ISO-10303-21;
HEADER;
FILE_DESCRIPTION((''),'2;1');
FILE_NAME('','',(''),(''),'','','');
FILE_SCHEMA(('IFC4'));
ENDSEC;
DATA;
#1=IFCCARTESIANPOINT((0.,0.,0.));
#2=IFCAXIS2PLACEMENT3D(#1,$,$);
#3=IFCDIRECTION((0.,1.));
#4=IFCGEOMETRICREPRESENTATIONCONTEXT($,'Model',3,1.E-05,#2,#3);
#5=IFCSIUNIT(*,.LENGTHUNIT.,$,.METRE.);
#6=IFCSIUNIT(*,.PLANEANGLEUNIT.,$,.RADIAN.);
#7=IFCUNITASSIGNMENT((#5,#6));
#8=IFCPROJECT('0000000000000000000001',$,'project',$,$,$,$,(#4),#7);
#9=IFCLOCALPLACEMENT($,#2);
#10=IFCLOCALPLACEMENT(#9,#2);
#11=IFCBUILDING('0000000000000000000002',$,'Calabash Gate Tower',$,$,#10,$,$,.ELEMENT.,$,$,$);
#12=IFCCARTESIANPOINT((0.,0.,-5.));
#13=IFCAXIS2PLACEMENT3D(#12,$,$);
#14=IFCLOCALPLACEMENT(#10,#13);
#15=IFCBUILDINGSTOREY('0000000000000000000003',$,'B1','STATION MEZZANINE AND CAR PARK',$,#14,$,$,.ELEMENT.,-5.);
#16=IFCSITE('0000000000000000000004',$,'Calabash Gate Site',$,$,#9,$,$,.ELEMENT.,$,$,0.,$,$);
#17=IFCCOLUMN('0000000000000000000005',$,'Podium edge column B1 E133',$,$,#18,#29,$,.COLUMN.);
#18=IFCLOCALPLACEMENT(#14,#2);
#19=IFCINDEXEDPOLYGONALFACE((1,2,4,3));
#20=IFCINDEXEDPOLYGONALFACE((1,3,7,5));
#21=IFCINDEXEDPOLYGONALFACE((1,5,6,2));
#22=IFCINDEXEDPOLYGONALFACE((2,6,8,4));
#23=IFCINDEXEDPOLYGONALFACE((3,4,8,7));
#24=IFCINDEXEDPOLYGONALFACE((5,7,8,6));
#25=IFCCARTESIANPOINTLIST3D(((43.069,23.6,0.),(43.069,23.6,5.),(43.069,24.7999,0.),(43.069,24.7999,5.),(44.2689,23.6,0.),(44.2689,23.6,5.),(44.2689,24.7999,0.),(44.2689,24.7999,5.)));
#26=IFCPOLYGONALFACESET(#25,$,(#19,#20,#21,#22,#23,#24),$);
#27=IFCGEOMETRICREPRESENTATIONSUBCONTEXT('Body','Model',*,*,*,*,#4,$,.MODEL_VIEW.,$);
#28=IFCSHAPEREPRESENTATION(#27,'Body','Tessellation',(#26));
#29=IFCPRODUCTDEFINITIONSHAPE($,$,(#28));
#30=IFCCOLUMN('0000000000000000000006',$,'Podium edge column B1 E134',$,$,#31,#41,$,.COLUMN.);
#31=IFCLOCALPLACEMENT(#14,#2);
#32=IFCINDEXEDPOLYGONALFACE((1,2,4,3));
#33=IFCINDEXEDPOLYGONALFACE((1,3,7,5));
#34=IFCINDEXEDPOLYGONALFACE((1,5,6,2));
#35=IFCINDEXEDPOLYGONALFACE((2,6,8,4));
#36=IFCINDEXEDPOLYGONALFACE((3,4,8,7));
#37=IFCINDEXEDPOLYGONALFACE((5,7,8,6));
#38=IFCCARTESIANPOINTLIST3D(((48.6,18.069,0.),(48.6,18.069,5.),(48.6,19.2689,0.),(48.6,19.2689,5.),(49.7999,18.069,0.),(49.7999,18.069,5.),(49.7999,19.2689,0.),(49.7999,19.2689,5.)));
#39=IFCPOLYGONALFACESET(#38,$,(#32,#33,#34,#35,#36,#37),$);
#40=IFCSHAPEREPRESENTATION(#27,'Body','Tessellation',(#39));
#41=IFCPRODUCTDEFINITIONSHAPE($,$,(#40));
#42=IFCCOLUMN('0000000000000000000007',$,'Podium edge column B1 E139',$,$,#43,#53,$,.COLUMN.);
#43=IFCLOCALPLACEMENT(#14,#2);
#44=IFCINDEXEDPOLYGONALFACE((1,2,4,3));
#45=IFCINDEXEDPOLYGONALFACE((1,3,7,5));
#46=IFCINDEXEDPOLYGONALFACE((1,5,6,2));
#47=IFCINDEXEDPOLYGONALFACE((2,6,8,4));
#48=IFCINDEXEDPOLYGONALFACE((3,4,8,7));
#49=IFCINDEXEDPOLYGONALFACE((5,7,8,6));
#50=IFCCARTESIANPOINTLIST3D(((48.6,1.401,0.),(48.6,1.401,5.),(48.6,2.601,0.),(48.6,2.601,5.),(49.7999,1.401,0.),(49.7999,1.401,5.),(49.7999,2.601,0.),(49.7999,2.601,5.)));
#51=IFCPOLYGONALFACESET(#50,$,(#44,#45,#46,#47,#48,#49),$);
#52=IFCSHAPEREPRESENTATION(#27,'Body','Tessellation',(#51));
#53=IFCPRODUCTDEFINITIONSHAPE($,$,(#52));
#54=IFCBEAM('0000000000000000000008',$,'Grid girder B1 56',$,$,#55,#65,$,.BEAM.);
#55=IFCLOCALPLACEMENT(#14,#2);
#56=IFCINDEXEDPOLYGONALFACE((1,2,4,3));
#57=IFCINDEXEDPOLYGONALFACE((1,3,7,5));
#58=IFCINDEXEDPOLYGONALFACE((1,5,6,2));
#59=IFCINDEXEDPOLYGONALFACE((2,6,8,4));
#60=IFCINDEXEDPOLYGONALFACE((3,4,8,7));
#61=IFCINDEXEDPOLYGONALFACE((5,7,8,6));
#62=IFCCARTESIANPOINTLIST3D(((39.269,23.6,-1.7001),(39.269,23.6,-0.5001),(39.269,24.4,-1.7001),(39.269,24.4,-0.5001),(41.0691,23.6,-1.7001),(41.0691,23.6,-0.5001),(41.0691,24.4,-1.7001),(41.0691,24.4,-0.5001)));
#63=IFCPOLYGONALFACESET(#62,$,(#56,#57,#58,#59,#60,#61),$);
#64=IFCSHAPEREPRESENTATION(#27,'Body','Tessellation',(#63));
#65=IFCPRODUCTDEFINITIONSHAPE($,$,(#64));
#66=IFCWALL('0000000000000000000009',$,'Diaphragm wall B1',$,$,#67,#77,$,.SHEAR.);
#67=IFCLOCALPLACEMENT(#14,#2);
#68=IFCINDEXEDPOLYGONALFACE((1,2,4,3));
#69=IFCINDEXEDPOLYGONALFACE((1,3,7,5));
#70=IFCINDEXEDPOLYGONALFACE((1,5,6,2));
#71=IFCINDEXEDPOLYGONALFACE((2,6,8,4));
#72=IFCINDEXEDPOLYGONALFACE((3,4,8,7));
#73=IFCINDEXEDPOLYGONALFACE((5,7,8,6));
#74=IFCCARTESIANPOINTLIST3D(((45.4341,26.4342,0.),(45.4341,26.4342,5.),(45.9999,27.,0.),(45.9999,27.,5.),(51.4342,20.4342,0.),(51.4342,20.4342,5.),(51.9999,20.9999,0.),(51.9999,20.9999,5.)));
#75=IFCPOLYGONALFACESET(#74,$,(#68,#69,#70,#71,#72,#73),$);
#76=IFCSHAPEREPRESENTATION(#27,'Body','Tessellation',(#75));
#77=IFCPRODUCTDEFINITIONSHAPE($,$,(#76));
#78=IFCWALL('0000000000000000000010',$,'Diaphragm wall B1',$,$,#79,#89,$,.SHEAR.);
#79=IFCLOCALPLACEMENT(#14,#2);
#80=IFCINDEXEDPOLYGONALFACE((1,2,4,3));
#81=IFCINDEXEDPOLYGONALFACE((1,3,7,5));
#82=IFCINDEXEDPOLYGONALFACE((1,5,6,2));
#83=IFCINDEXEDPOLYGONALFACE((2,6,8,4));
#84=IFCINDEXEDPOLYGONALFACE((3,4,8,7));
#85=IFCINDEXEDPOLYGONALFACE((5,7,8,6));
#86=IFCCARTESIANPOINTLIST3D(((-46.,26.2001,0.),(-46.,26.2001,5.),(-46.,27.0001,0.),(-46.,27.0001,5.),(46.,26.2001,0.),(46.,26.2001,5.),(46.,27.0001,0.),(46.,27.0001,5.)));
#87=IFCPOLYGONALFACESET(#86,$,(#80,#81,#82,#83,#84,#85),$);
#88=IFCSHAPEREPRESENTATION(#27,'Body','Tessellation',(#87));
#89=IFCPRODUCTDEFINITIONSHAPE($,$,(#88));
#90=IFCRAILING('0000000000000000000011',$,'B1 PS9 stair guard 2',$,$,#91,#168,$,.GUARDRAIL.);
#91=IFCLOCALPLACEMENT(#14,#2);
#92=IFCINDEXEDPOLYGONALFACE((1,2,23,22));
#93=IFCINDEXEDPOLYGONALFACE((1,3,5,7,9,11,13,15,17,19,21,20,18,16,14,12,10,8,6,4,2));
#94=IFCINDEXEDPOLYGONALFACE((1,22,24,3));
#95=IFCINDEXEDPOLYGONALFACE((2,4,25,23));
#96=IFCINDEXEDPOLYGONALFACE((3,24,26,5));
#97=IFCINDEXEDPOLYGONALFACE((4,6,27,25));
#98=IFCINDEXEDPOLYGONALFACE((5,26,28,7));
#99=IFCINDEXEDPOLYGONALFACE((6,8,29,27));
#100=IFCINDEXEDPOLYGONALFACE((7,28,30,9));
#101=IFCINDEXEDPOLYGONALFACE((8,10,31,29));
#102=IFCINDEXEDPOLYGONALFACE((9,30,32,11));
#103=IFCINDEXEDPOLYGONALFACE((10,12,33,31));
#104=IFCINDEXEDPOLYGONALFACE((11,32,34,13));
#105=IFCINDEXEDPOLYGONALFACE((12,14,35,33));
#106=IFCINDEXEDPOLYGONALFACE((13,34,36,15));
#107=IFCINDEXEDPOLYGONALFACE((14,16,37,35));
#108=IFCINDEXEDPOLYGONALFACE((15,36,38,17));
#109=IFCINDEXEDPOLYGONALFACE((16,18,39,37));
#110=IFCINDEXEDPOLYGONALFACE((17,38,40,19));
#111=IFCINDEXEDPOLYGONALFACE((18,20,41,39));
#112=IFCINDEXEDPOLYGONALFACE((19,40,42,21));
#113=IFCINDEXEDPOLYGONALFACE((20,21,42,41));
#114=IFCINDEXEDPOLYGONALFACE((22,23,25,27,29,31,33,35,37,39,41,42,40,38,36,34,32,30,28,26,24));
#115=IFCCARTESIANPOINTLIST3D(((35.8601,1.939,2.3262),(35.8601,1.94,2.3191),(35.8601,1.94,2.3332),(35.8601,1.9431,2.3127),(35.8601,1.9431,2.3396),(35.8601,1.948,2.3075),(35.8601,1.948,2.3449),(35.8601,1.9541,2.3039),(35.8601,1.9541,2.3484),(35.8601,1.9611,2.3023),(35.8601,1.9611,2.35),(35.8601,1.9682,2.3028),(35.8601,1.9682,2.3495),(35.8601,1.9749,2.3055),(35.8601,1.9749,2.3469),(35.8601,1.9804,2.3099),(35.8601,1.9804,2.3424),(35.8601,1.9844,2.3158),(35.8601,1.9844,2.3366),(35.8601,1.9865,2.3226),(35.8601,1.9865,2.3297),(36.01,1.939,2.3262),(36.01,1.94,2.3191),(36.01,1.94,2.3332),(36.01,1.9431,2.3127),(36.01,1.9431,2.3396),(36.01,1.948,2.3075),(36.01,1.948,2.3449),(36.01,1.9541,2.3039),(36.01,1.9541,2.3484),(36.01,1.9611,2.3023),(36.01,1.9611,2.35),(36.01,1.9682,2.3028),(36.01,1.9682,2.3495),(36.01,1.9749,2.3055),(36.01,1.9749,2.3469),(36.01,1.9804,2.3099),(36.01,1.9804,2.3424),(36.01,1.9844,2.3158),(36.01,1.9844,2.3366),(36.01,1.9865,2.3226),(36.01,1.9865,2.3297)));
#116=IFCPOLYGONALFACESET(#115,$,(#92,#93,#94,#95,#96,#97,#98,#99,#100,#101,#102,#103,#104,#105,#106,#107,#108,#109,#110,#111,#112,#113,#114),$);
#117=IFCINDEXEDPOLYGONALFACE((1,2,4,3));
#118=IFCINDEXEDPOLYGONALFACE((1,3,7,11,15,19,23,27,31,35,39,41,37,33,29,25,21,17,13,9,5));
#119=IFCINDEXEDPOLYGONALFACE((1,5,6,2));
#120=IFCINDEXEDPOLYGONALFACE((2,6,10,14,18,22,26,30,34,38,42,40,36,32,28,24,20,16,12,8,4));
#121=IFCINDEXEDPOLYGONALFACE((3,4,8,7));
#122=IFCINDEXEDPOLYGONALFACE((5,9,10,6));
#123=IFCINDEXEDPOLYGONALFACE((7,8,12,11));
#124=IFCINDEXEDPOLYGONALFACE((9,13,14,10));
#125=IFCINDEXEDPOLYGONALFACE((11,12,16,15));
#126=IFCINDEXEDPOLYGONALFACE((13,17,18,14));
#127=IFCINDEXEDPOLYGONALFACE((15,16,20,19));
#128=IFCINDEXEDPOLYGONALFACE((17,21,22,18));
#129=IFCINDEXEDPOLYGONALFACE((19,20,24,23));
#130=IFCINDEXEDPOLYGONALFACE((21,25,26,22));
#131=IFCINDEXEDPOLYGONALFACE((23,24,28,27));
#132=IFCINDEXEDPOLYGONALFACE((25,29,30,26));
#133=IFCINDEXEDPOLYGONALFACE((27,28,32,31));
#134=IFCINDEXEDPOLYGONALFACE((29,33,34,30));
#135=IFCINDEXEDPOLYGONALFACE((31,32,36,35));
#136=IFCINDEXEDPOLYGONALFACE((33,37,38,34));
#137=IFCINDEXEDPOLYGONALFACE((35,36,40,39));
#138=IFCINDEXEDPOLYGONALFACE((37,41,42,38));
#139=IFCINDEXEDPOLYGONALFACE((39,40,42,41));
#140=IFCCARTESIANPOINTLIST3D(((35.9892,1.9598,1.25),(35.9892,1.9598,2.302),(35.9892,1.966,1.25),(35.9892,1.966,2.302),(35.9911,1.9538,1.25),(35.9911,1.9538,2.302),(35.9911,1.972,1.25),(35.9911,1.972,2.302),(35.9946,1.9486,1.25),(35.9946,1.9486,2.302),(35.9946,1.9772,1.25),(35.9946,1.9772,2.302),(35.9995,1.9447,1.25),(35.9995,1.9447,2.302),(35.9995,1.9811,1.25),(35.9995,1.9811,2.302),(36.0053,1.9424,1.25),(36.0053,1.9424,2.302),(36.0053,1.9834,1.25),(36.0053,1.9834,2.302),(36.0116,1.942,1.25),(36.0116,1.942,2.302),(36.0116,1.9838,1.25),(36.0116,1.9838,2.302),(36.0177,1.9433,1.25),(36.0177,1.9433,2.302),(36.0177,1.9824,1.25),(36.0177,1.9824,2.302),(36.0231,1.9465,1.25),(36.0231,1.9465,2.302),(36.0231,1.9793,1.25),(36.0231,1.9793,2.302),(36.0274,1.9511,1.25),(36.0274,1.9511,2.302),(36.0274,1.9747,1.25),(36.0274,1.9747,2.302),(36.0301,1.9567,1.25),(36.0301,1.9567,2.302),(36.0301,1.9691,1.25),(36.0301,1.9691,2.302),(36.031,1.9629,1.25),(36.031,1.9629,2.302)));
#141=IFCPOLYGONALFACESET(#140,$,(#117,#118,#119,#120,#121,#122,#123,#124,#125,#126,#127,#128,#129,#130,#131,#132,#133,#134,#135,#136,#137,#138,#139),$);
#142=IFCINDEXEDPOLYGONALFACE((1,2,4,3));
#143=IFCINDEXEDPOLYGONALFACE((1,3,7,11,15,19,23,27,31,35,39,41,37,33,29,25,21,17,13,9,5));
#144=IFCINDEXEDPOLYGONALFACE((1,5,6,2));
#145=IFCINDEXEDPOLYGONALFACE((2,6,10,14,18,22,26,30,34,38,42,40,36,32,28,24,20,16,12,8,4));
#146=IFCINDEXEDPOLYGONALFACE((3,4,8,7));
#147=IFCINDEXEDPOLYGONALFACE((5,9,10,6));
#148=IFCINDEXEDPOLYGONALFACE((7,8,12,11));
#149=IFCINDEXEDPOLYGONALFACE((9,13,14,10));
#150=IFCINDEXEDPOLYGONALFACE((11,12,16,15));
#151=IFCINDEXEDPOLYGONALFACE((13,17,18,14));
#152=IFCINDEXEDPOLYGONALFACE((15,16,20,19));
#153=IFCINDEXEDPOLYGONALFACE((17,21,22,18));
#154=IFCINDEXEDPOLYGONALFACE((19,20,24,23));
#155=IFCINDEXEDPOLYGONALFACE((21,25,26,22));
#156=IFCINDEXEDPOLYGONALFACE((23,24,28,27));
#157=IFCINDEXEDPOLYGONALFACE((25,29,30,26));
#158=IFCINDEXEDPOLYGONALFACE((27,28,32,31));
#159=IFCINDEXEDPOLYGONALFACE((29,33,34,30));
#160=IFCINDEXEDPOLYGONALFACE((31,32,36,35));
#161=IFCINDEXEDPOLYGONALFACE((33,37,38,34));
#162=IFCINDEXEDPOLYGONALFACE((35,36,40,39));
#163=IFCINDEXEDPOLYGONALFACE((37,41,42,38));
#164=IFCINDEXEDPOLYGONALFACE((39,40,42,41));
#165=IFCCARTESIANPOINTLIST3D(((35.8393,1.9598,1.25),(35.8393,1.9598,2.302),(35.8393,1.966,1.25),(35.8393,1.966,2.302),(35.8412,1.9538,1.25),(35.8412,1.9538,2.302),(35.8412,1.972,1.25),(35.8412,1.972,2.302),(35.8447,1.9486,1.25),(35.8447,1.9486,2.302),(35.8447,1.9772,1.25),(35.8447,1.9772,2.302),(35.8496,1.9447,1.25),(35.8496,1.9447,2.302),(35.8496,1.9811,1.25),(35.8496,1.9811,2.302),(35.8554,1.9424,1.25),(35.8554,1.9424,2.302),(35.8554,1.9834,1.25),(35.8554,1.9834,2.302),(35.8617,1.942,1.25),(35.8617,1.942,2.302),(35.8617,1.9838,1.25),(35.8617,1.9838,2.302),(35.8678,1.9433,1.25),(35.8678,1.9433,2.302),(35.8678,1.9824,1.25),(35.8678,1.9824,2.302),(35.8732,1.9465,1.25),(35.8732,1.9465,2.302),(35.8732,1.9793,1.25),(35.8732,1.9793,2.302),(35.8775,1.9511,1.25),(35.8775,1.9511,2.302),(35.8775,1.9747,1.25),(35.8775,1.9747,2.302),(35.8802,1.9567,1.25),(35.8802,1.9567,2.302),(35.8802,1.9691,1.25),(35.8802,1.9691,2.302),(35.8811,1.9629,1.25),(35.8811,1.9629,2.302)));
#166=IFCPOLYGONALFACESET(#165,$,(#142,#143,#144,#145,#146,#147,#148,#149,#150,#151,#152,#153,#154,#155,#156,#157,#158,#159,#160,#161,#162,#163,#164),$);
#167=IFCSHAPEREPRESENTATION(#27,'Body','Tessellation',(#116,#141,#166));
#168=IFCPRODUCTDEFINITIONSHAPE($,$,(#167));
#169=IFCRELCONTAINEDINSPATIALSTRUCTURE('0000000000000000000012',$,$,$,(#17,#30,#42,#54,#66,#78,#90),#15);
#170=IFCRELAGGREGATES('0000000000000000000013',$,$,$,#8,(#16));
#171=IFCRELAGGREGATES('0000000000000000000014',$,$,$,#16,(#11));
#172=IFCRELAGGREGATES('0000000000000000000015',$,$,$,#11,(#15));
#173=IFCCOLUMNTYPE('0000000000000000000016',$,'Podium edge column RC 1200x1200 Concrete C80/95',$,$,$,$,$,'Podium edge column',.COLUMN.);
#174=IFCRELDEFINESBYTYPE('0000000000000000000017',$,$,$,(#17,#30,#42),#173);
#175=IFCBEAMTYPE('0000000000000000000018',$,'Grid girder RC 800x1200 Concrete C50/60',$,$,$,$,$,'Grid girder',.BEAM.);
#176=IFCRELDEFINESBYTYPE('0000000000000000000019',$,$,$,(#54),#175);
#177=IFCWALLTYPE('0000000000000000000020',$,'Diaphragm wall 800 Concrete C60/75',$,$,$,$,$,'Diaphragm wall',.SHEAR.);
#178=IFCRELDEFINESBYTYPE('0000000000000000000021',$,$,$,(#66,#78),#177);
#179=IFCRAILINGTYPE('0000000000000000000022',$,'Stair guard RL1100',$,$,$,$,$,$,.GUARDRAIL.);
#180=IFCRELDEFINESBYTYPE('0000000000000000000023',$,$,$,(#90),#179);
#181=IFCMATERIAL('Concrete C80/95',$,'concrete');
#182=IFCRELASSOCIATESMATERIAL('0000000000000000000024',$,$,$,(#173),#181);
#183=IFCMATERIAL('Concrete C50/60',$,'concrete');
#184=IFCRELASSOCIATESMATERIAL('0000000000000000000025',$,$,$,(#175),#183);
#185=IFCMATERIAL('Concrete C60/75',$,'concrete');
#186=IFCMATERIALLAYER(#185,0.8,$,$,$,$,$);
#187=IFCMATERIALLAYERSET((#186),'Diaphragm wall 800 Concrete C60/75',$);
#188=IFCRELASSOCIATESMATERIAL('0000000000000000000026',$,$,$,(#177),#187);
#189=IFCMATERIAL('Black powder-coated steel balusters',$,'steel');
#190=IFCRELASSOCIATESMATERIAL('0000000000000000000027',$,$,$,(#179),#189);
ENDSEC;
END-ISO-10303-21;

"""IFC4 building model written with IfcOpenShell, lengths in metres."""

from ifc_helpers import new_model, si_unit, direction, frame, frame_2d, origin, origin_2d, place, context, subcontext, project, spatial, rectangle, circle, extrude, material, layer, layer_set, material_profile, profile_set, type_object, element, save


model = new_model("IFC4")

# Units and contexts
model_context = context("Model", 3, precision=1e-05, world=origin(), true_north=direction((0.0, 1.0)))
body_context = subcontext(model_context, "Body", "Model", "MODEL_VIEW")
ifc_project = project(units=[si_unit("LENGTHUNIT", "METRE"), si_unit("PLANEANGLEUNIT", "RADIAN")], contexts=[model_context])

# Site, building, storey
site_placement = place(None, origin())
site = spatial("IfcSite", under=ifc_project, at=site_placement, Name="Calabash Gate Site", CompositionType="ELEMENT", RefElevation=0.0)
building_placement = place(site_placement, origin())
building = spatial("IfcBuilding", under=site, at=building_placement, Name="Calabash Gate Tower", CompositionType="ELEMENT")
storey_placement = place(building_placement, frame((0.0, 0.0, -5.0)))
storey = spatial("IfcBuildingStorey", under=building, at=storey_placement, Name="B1", Description="STATION MEZZANINE AND CAR PARK", CompositionType="ELEMENT", Elevation=-5.0)

# Columns
ifc_material_1 = material(Name="Concrete C80/95", Category="concrete")
ifc_material_profile_1 = material_profile(ifc_material_1, rectangle(XDim=1.2, YDim=1.2, at=origin_2d()))
ifc_profile_set_1 = profile_set([ifc_material_profile_1], Name="Concrete C80/95")
column_type_1 = type_object("IfcColumnType", Name="Podium edge column RC 1200x1200 Concrete C80/95", ElementType="Podium edge column", PredefinedType="COLUMN", material=ifc_profile_set_1)
for number, where, z_axis, x_axis, name in (
    (1, (43.6689, 24.2, 0.0), (0.0, 0.0, 1.0), (1.0, 0.0, 0.0), "Podium edge column B1 E133"),
    (2, (49.2, 18.6689, 0.0), (0.0, 0.0, 1.0), (1.0, 0.0, 0.0), "Podium edge column B1 E134"),
    (3, (49.2, 2.001, 0.0), (0.0, 0.0, 1.0), (1.0, 0.0, 0.0), "Podium edge column B1 E139"),
):
    element("IfcColumn", number, at=place(storey_placement, frame(where, z_axis=z_axis, x_axis=x_axis)), inside=storey, type_object=column_type_1, Name=name, PredefinedType="COLUMN", context=body_context, shape_type="SweptSolid", body=[
        extrude(rectangle(XDim=1.2, YDim=1.2, at=origin_2d()), origin(), (0.0, 0.0, 1.0), 5.0),
    ])

# Beam
ifc_material_2 = material(Name="Concrete C50/60", Category="concrete")
ifc_material_profile_2 = material_profile(ifc_material_2, rectangle(XDim=0.8, YDim=1.2, at=origin_2d()))
ifc_profile_set_2 = profile_set([ifc_material_profile_2], Name="Concrete C50/60")
beam_type = type_object("IfcBeamType", Name="Grid girder RC 800x1200 Concrete C50/60", ElementType="Grid girder", PredefinedType="BEAM", material=ifc_profile_set_2)
beam_placement = place(storey_placement, frame((39.269, 24.0, -1.1001), z_axis=(1.0, 0.0, 0.0), x_axis=(0.0, 1.0, 0.0)))
element("IfcBeam", 4, at=beam_placement, inside=storey, type_object=beam_type, Name="Grid girder B1 56", PredefinedType="BEAM", context=body_context, shape_type="SweptSolid", body=[
    extrude(rectangle(XDim=0.8, YDim=1.2, at=origin_2d()), origin(), (0.0, 0.0, 1.0), 1.8),
])

# Walls
ifc_material_3 = material(Name="Concrete C60/75", Category="concrete")
ifc_layer_1 = layer(ifc_material_3, 0.8)
ifc_layer_set_1 = layer_set([ifc_layer_1], Name="Diaphragm wall 800 Concrete C60/75")
wall_type_1 = type_object("IfcWallType", Name="Diaphragm wall 800 Concrete C60/75", ElementType="Diaphragm wall", PredefinedType="SHEAR", material=ifc_layer_set_1)
wall_1_placement = place(storey_placement, frame((51.717, 20.717, 0.0), z_axis=(0.0, 0.0, 1.0), x_axis=(-0.707107, 0.707107, 0.0)))
element("IfcWall", 5, at=wall_1_placement, inside=storey, type_object=wall_type_1, Name="Diaphragm wall B1", PredefinedType="SHEAR", context=body_context, shape_type="SweptSolid", body=[
    extrude(rectangle(XDim=8.4854, YDim=0.8, at=frame_2d((4.2427, 0.0))), origin(), (0.0, 0.0, 1.0), 5.0),
])
wall_2_placement = place(storey_placement, frame((46.0, 26.6001, 0.0), z_axis=(0.0, 0.0, 1.0), x_axis=(-1.0, 0.0, 0.0)))
element("IfcWall", 6, at=wall_2_placement, inside=storey, type_object=wall_type_1, Name="Diaphragm wall B1", PredefinedType="SHEAR", context=body_context, shape_type="SweptSolid", body=[
    extrude(rectangle(XDim=92.0, YDim=0.8, at=frame_2d((46.0, 0.0))), origin(), (0.0, 0.0, 1.0), 5.0),
])

# Railing
ifc_material_4 = material(Name="Black powder-coated steel balusters", Category="steel")
railing_type_1 = type_object("IfcRailingType", Name="Stair guard RL1100", PredefinedType="GUARDRAIL", material=ifc_material_4)
for number, where, name in (
    (7, (36.01, 1.9629, 1.25), "B1 PS9 stair guard 2"),
):
    element("IfcRailing", number, at=place(storey_placement, frame(where)), inside=storey, type_object=railing_type_1, Name=name, PredefinedType="GUARDRAIL", context=body_context, shape_type="SweptSolid", body=[
        extrude(circle(Radius=0.0239, at=origin_2d()), frame((0.0, 0.0, 1.0762), z_axis=(-1.0, 0.0, 0.0), x_axis=(0.0, -1.0, 0.0)), (0.0, 0.0, 1.0), 0.1499),
        extrude(circle(Radius=0.021, at=origin_2d()), origin(), (0.0, 0.0, 1.0), 1.052),
        extrude(circle(Radius=0.021, at=origin_2d()), frame((-0.1499, 0.0, 0.0)), (0.0, 0.0, 1.0), 1.052),
    ])

save(model, "model.ifc")
